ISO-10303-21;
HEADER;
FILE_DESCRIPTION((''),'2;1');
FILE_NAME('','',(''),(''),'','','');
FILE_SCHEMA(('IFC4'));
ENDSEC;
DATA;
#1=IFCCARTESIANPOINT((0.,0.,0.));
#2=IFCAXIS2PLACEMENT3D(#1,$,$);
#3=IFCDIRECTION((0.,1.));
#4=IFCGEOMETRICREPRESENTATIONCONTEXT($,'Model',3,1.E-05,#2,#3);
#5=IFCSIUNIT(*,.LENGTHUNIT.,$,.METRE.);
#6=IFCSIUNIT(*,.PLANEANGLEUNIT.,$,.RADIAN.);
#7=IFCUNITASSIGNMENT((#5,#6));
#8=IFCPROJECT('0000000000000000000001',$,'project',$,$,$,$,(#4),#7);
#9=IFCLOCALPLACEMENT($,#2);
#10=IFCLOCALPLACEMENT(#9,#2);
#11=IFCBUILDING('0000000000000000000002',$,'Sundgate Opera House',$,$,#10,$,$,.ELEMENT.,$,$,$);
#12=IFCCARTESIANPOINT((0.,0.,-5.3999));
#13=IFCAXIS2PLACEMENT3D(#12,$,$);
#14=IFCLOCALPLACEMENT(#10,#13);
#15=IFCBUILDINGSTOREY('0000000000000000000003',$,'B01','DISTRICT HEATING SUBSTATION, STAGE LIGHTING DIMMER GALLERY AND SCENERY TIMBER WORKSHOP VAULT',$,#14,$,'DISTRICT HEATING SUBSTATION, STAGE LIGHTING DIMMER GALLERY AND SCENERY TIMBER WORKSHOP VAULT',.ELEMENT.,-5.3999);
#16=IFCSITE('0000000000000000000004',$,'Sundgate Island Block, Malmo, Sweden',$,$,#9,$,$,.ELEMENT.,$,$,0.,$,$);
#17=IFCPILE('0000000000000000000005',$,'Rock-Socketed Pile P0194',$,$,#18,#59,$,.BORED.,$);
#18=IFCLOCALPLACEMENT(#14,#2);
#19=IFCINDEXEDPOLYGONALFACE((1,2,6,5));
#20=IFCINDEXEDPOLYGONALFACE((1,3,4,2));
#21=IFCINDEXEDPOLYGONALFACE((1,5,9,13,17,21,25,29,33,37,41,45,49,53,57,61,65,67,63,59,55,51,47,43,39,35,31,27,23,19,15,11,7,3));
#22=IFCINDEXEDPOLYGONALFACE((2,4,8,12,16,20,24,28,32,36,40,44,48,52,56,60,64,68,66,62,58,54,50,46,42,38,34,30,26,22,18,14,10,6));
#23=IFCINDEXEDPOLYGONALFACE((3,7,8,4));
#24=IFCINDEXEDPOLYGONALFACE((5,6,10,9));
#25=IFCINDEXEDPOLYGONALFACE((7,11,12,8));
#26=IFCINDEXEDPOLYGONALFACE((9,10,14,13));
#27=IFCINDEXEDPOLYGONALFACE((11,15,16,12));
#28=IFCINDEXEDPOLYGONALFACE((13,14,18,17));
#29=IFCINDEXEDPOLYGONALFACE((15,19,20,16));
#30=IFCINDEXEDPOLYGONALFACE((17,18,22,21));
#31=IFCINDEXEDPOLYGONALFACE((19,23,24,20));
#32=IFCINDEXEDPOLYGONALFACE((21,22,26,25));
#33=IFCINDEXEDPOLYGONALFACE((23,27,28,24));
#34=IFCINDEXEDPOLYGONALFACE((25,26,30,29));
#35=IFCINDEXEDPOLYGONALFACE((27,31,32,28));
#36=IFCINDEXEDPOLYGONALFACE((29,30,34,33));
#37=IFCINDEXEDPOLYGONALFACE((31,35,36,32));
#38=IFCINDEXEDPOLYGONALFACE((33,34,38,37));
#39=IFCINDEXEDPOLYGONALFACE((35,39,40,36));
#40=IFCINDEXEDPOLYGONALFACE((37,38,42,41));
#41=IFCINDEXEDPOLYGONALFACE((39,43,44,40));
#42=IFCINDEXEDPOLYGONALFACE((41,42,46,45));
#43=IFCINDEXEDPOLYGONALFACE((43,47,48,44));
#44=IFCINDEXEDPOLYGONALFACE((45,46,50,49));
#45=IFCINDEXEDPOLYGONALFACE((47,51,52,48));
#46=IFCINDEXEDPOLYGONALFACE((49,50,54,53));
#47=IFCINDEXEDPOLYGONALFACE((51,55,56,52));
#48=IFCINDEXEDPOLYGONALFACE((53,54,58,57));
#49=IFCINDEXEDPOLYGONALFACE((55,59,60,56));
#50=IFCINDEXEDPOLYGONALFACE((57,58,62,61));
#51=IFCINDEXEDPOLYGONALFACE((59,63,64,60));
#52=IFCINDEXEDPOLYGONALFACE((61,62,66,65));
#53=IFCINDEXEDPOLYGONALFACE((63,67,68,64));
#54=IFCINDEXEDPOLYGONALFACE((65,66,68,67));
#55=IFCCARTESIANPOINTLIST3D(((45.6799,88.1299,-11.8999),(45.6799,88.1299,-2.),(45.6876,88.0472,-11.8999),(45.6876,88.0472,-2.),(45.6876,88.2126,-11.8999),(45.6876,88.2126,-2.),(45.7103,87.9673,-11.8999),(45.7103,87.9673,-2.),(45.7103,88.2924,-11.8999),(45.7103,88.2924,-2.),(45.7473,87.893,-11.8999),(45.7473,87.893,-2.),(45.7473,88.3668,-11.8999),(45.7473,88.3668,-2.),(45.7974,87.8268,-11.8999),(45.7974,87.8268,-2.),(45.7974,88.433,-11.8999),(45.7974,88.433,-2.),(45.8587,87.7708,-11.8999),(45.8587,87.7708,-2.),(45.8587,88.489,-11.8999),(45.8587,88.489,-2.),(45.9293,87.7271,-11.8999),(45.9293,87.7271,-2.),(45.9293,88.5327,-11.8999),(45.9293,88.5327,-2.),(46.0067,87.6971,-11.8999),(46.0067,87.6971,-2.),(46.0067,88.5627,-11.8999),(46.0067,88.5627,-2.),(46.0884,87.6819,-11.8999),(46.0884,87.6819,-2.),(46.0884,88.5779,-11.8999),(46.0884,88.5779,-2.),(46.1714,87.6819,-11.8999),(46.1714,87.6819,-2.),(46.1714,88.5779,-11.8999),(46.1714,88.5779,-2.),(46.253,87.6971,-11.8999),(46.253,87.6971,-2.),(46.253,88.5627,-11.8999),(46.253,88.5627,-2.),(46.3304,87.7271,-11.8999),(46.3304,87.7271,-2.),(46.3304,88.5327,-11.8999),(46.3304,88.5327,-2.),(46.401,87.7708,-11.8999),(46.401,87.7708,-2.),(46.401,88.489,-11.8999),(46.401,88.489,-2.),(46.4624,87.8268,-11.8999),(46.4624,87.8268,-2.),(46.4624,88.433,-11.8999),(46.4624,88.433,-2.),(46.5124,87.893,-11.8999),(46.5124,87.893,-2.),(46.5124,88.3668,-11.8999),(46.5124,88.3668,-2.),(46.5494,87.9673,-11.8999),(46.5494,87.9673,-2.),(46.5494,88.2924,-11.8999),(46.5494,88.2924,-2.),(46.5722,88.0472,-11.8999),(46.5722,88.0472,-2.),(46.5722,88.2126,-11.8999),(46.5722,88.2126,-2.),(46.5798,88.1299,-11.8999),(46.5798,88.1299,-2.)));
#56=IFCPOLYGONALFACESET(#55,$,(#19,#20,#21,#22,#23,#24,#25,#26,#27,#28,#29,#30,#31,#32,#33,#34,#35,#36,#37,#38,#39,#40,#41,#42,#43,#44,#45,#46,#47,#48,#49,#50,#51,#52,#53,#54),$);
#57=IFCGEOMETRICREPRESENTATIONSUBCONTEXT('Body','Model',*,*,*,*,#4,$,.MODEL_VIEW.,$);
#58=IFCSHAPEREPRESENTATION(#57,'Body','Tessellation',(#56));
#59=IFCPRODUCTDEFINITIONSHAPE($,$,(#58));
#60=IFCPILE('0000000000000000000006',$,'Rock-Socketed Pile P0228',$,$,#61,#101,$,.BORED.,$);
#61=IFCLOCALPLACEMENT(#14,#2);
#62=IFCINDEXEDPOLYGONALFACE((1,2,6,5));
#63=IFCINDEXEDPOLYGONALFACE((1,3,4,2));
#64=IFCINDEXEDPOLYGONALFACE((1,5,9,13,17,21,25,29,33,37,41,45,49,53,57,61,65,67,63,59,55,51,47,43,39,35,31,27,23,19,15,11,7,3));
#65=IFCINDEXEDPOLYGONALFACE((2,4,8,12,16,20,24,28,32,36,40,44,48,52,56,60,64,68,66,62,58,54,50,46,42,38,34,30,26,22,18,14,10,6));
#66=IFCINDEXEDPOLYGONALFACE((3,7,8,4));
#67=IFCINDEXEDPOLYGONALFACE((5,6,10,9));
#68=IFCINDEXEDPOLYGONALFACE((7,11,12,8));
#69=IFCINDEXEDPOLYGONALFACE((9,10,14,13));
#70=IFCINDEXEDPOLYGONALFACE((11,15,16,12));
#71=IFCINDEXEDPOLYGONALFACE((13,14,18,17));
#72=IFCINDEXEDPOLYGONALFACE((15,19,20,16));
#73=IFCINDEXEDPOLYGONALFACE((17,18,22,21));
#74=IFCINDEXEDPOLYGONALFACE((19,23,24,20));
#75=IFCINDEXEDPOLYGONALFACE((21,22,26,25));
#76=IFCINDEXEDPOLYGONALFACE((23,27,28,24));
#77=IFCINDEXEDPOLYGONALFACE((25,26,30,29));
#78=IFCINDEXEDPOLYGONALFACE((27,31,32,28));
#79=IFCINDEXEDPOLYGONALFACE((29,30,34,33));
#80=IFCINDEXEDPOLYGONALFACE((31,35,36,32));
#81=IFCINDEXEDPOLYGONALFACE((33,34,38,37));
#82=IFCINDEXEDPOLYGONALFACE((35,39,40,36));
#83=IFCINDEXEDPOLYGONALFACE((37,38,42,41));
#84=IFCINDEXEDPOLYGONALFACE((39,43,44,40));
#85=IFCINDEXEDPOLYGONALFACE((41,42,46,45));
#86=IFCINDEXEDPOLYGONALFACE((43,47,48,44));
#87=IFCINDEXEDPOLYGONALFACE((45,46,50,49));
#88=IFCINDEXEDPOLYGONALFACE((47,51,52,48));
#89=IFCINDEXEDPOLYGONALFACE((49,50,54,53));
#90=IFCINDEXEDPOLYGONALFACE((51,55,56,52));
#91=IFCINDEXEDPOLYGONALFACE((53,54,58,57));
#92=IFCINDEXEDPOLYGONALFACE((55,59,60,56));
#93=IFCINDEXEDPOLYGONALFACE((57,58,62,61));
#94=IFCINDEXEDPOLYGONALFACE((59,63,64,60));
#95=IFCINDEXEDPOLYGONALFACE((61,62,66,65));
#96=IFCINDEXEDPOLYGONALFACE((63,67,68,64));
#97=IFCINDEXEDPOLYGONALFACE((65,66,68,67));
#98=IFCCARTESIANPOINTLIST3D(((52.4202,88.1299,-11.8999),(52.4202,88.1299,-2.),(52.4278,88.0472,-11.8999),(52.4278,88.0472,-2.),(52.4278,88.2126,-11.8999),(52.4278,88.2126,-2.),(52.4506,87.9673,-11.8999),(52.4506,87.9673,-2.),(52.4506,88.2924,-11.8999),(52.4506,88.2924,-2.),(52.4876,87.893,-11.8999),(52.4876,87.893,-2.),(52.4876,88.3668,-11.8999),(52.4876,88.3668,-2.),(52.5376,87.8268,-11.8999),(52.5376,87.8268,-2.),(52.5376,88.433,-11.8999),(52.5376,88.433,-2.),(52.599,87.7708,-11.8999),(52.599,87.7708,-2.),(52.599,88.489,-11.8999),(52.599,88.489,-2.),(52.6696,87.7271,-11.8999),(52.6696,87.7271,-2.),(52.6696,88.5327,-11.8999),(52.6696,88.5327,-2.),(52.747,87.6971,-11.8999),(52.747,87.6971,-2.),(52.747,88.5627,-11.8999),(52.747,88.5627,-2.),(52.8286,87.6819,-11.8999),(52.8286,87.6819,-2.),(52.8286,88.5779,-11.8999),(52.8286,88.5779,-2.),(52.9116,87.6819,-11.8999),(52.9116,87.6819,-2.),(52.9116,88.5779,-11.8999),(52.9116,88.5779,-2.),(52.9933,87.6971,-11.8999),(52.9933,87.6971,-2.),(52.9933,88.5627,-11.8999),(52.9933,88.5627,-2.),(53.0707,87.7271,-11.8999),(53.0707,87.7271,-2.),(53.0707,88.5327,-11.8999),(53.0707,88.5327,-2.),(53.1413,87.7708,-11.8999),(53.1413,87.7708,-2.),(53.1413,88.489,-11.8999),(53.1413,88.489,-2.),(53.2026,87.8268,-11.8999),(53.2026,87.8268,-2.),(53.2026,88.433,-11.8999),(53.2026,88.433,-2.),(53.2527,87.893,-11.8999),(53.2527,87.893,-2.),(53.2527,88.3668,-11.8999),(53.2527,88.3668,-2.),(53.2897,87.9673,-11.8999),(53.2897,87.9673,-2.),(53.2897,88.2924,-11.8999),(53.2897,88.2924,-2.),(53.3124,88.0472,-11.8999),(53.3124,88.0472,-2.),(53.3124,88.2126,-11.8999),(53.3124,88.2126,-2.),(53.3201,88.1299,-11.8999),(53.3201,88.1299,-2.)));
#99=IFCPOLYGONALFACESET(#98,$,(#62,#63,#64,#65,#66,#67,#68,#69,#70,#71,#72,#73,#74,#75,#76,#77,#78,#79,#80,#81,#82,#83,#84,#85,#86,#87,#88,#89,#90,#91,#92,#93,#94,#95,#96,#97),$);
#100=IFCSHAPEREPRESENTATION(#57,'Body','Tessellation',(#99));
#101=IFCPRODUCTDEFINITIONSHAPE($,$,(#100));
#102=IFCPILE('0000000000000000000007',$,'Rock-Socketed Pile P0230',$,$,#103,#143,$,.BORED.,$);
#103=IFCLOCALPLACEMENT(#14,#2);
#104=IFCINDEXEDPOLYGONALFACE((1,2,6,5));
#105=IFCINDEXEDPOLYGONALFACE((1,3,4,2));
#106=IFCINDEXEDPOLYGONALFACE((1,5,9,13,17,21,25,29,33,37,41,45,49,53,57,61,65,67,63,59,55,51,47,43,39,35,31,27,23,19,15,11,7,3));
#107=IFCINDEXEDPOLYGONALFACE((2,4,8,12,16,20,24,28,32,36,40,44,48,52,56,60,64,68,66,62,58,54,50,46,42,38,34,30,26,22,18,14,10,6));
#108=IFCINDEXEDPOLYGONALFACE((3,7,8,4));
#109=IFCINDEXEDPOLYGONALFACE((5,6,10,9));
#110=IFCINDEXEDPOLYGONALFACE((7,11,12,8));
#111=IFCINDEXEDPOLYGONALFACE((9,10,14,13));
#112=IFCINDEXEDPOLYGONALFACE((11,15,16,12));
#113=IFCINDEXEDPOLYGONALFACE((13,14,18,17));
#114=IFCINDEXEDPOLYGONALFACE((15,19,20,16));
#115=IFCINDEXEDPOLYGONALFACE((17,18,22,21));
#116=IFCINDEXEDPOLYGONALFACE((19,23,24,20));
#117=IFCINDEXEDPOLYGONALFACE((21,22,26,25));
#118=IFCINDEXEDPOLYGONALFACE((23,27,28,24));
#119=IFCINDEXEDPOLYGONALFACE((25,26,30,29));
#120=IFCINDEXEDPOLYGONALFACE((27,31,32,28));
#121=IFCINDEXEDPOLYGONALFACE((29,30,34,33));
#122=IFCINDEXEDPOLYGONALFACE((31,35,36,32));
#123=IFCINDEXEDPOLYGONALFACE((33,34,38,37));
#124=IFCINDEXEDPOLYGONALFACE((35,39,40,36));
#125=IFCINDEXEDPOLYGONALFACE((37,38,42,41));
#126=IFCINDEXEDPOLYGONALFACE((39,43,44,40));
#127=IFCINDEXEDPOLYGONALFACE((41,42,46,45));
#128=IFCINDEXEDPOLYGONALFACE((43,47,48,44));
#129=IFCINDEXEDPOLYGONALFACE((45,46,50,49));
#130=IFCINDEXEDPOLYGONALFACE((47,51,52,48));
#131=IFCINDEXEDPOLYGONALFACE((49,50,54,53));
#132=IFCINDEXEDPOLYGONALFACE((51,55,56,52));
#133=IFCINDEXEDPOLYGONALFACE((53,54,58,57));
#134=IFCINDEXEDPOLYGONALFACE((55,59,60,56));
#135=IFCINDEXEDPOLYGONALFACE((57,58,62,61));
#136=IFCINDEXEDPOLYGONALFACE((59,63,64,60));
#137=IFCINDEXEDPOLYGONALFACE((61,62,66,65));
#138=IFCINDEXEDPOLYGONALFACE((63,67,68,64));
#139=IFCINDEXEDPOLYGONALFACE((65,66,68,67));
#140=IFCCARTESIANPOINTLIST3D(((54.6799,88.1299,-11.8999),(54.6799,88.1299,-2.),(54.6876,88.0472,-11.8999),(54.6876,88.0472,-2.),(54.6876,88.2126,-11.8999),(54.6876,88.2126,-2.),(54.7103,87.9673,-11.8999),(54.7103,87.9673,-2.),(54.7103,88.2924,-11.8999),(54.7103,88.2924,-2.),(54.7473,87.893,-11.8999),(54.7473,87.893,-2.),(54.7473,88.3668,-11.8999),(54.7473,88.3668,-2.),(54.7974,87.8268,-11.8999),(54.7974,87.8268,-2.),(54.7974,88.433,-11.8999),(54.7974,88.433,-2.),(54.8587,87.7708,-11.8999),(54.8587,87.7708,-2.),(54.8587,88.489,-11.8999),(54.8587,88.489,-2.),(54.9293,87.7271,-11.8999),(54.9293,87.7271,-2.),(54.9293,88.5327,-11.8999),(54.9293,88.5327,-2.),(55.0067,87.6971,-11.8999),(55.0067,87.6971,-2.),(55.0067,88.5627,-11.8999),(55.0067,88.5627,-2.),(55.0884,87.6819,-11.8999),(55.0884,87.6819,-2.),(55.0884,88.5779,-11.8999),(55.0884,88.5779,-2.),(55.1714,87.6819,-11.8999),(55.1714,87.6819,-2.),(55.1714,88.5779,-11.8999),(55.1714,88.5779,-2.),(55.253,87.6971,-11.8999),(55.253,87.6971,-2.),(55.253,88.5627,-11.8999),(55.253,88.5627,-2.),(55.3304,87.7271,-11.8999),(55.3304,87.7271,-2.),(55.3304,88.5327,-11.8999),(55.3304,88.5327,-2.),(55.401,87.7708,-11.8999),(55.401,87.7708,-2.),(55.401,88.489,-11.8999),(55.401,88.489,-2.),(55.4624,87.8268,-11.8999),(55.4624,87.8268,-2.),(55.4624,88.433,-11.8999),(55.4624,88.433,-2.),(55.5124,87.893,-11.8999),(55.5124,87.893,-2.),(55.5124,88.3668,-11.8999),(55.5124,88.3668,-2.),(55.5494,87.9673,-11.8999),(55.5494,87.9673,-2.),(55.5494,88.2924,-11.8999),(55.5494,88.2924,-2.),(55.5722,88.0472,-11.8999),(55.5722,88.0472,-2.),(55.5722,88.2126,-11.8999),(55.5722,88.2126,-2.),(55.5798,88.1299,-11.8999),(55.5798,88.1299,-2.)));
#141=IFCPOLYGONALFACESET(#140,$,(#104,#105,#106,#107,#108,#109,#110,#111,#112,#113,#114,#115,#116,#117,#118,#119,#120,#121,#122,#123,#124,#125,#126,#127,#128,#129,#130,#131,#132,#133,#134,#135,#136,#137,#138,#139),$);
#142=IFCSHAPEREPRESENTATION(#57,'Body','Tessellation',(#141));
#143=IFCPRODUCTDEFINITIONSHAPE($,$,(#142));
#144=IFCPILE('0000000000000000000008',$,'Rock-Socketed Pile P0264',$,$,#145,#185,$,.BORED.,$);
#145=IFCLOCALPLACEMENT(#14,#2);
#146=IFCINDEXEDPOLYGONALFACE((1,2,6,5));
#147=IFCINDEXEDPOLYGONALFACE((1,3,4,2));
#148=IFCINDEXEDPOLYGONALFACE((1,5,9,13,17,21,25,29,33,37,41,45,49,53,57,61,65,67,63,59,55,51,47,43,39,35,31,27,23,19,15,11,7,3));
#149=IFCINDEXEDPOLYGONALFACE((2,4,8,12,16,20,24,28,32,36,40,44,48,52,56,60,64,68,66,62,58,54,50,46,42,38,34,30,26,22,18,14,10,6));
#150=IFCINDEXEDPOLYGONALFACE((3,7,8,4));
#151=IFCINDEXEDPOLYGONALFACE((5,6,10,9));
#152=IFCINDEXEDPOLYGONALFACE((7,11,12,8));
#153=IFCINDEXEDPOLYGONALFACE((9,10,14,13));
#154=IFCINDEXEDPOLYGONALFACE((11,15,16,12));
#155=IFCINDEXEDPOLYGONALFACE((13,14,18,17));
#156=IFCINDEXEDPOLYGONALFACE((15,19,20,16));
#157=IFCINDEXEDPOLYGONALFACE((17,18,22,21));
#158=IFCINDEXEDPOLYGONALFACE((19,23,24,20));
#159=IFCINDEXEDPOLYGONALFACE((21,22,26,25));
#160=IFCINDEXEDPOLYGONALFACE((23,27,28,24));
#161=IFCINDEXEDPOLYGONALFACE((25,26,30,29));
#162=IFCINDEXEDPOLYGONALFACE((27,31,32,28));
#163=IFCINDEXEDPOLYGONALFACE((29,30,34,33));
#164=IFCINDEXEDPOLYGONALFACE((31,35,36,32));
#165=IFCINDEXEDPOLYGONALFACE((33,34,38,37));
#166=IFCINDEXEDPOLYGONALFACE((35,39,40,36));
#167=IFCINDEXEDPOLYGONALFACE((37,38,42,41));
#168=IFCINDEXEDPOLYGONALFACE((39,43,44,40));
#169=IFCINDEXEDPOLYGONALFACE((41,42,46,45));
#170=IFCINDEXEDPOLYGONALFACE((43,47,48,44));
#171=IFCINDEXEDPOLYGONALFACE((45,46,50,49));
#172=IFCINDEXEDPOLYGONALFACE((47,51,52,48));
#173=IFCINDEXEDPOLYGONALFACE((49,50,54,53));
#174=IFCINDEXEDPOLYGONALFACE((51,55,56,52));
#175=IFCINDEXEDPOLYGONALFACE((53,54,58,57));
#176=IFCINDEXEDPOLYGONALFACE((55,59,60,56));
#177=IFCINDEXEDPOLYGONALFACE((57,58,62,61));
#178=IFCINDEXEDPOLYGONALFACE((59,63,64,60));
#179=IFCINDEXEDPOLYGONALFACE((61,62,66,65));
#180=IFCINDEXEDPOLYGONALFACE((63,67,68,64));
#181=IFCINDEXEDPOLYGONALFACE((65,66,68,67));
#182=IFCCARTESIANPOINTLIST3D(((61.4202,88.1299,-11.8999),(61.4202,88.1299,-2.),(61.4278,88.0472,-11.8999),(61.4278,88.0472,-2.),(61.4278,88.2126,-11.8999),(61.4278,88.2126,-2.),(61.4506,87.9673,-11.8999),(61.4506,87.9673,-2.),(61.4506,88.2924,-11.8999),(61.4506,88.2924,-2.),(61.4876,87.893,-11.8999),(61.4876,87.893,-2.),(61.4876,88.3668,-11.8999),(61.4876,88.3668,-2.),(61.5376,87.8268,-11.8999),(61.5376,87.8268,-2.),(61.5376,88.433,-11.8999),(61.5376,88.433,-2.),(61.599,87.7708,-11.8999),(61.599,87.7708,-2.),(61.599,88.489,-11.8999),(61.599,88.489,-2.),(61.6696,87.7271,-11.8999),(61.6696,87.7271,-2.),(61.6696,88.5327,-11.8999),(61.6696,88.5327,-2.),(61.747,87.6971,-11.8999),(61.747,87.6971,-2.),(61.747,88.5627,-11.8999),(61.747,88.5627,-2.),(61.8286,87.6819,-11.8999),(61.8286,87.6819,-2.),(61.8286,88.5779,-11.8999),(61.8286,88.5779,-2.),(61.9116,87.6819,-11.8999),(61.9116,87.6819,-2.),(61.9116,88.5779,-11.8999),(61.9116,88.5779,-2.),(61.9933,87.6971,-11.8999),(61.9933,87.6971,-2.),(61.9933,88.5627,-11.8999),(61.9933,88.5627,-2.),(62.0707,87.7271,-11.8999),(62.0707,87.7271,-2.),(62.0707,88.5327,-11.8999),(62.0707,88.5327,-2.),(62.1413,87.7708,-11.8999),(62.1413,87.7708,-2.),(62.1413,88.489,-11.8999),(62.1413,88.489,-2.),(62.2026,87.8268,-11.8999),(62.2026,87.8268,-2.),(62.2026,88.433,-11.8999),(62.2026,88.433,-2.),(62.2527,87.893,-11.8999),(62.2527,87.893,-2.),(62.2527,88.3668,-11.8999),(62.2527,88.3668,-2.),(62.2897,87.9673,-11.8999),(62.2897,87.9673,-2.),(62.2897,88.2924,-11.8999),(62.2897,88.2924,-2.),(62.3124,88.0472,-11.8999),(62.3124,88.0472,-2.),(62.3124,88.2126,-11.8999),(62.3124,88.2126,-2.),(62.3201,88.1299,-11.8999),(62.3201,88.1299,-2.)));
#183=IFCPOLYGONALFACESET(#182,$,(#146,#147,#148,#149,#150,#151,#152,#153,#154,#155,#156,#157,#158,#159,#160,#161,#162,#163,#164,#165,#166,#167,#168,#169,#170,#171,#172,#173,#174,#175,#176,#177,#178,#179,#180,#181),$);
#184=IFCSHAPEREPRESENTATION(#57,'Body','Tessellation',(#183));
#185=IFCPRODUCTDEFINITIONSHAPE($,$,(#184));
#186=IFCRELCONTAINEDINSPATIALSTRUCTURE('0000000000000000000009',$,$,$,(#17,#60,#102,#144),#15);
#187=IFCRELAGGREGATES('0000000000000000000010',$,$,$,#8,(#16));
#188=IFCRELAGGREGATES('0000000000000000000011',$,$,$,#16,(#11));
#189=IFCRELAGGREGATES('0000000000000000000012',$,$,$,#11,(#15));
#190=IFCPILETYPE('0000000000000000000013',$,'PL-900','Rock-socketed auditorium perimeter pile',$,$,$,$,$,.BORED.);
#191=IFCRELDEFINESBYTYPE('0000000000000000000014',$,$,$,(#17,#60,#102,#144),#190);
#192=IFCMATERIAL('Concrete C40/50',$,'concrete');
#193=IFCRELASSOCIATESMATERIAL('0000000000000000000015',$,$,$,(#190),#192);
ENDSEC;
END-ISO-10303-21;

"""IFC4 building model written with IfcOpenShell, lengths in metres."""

from ifc_helpers import new_model, si_unit, direction, frame, origin, origin_2d, place, context, subcontext, project, spatial, circle, extrude, material, material_profile, profile_set, type_object, element, save


model = new_model("IFC4")

# Units and contexts
model_context = context("Model", 3, precision=1e-05, world=origin(), true_north=direction((0.0, 1.0)))
body_context = subcontext(model_context, "Body", "Model", "MODEL_VIEW")
ifc_project = project(units=[si_unit("LENGTHUNIT", "METRE"), si_unit("PLANEANGLEUNIT", "RADIAN")], contexts=[model_context])

# Site, building, storey
site_placement = place(None, origin())
site = spatial("IfcSite", under=ifc_project, at=site_placement, Name="Sundgate Island Block, Malmo, Sweden", CompositionType="ELEMENT", RefElevation=0.0)
building_placement = place(site_placement, origin())
building = spatial("IfcBuilding", under=site, at=building_placement, Name="Sundgate Opera House", CompositionType="ELEMENT")
storey_placement = place(building_placement, frame((0.0, 0.0, -5.3999)))
storey = spatial("IfcBuildingStorey", under=building, at=storey_placement, Name="B01", Description="DISTRICT HEATING SUBSTATION, STAGE LIGHTING DIMMER GALLERY AND SCENERY TIMBER WORKSHOP VAULT", LongName="DISTRICT HEATING SUBSTATION, STAGE LIGHTING DIMMER GALLERY AND SCENERY TIMBER WORKSHOP VAULT", CompositionType="ELEMENT", Elevation=-5.3999)

# Piles
ifc_material_1 = material(Name="Concrete C40/50", Category="concrete")
ifc_material_profile_1 = material_profile(ifc_material_1, circle(Radius=0.45, at=origin_2d()), Name="PILE D900")
ifc_profile_set_1 = profile_set([ifc_material_profile_1], Name="Concrete C40/50")
pile_type_1 = type_object("IfcPileType", Name="PL-900", Description="Rock-socketed auditorium perimeter pile", PredefinedType="BORED", material=ifc_profile_set_1)
for number, where, z_axis, x_axis, name in (
    (1, (46.1299, 88.1299, -2.0), (0.0, 0.0, -1.0), (1.0, 0.0, 0.0), "Rock-Socketed Pile P0194"),
    (2, (52.8701, 88.1299, -2.0), (0.0, 0.0, -1.0), (1.0, 0.0, 0.0), "Rock-Socketed Pile P0228"),
    (3, (55.1299, 88.1299, -2.0), (0.0, 0.0, -1.0), (1.0, 0.0, 0.0), "Rock-Socketed Pile P0230"),
    (4, (61.8701, 88.1299, -2.0), (0.0, 0.0, -1.0), (1.0, 0.0, 0.0), "Rock-Socketed Pile P0264"),
):
    element("IfcPile", number, at=place(storey_placement, frame(where, z_axis=z_axis, x_axis=x_axis)), inside=storey, type_object=pile_type_1, Name=name, PredefinedType="BORED", context=body_context, shape_type="SweptSolid", body=[
        extrude(circle(Radius=0.45, at=origin_2d()), origin(), (0.0, 0.0, 1.0), 9.8999),
    ])

save(model, "model.ifc")
